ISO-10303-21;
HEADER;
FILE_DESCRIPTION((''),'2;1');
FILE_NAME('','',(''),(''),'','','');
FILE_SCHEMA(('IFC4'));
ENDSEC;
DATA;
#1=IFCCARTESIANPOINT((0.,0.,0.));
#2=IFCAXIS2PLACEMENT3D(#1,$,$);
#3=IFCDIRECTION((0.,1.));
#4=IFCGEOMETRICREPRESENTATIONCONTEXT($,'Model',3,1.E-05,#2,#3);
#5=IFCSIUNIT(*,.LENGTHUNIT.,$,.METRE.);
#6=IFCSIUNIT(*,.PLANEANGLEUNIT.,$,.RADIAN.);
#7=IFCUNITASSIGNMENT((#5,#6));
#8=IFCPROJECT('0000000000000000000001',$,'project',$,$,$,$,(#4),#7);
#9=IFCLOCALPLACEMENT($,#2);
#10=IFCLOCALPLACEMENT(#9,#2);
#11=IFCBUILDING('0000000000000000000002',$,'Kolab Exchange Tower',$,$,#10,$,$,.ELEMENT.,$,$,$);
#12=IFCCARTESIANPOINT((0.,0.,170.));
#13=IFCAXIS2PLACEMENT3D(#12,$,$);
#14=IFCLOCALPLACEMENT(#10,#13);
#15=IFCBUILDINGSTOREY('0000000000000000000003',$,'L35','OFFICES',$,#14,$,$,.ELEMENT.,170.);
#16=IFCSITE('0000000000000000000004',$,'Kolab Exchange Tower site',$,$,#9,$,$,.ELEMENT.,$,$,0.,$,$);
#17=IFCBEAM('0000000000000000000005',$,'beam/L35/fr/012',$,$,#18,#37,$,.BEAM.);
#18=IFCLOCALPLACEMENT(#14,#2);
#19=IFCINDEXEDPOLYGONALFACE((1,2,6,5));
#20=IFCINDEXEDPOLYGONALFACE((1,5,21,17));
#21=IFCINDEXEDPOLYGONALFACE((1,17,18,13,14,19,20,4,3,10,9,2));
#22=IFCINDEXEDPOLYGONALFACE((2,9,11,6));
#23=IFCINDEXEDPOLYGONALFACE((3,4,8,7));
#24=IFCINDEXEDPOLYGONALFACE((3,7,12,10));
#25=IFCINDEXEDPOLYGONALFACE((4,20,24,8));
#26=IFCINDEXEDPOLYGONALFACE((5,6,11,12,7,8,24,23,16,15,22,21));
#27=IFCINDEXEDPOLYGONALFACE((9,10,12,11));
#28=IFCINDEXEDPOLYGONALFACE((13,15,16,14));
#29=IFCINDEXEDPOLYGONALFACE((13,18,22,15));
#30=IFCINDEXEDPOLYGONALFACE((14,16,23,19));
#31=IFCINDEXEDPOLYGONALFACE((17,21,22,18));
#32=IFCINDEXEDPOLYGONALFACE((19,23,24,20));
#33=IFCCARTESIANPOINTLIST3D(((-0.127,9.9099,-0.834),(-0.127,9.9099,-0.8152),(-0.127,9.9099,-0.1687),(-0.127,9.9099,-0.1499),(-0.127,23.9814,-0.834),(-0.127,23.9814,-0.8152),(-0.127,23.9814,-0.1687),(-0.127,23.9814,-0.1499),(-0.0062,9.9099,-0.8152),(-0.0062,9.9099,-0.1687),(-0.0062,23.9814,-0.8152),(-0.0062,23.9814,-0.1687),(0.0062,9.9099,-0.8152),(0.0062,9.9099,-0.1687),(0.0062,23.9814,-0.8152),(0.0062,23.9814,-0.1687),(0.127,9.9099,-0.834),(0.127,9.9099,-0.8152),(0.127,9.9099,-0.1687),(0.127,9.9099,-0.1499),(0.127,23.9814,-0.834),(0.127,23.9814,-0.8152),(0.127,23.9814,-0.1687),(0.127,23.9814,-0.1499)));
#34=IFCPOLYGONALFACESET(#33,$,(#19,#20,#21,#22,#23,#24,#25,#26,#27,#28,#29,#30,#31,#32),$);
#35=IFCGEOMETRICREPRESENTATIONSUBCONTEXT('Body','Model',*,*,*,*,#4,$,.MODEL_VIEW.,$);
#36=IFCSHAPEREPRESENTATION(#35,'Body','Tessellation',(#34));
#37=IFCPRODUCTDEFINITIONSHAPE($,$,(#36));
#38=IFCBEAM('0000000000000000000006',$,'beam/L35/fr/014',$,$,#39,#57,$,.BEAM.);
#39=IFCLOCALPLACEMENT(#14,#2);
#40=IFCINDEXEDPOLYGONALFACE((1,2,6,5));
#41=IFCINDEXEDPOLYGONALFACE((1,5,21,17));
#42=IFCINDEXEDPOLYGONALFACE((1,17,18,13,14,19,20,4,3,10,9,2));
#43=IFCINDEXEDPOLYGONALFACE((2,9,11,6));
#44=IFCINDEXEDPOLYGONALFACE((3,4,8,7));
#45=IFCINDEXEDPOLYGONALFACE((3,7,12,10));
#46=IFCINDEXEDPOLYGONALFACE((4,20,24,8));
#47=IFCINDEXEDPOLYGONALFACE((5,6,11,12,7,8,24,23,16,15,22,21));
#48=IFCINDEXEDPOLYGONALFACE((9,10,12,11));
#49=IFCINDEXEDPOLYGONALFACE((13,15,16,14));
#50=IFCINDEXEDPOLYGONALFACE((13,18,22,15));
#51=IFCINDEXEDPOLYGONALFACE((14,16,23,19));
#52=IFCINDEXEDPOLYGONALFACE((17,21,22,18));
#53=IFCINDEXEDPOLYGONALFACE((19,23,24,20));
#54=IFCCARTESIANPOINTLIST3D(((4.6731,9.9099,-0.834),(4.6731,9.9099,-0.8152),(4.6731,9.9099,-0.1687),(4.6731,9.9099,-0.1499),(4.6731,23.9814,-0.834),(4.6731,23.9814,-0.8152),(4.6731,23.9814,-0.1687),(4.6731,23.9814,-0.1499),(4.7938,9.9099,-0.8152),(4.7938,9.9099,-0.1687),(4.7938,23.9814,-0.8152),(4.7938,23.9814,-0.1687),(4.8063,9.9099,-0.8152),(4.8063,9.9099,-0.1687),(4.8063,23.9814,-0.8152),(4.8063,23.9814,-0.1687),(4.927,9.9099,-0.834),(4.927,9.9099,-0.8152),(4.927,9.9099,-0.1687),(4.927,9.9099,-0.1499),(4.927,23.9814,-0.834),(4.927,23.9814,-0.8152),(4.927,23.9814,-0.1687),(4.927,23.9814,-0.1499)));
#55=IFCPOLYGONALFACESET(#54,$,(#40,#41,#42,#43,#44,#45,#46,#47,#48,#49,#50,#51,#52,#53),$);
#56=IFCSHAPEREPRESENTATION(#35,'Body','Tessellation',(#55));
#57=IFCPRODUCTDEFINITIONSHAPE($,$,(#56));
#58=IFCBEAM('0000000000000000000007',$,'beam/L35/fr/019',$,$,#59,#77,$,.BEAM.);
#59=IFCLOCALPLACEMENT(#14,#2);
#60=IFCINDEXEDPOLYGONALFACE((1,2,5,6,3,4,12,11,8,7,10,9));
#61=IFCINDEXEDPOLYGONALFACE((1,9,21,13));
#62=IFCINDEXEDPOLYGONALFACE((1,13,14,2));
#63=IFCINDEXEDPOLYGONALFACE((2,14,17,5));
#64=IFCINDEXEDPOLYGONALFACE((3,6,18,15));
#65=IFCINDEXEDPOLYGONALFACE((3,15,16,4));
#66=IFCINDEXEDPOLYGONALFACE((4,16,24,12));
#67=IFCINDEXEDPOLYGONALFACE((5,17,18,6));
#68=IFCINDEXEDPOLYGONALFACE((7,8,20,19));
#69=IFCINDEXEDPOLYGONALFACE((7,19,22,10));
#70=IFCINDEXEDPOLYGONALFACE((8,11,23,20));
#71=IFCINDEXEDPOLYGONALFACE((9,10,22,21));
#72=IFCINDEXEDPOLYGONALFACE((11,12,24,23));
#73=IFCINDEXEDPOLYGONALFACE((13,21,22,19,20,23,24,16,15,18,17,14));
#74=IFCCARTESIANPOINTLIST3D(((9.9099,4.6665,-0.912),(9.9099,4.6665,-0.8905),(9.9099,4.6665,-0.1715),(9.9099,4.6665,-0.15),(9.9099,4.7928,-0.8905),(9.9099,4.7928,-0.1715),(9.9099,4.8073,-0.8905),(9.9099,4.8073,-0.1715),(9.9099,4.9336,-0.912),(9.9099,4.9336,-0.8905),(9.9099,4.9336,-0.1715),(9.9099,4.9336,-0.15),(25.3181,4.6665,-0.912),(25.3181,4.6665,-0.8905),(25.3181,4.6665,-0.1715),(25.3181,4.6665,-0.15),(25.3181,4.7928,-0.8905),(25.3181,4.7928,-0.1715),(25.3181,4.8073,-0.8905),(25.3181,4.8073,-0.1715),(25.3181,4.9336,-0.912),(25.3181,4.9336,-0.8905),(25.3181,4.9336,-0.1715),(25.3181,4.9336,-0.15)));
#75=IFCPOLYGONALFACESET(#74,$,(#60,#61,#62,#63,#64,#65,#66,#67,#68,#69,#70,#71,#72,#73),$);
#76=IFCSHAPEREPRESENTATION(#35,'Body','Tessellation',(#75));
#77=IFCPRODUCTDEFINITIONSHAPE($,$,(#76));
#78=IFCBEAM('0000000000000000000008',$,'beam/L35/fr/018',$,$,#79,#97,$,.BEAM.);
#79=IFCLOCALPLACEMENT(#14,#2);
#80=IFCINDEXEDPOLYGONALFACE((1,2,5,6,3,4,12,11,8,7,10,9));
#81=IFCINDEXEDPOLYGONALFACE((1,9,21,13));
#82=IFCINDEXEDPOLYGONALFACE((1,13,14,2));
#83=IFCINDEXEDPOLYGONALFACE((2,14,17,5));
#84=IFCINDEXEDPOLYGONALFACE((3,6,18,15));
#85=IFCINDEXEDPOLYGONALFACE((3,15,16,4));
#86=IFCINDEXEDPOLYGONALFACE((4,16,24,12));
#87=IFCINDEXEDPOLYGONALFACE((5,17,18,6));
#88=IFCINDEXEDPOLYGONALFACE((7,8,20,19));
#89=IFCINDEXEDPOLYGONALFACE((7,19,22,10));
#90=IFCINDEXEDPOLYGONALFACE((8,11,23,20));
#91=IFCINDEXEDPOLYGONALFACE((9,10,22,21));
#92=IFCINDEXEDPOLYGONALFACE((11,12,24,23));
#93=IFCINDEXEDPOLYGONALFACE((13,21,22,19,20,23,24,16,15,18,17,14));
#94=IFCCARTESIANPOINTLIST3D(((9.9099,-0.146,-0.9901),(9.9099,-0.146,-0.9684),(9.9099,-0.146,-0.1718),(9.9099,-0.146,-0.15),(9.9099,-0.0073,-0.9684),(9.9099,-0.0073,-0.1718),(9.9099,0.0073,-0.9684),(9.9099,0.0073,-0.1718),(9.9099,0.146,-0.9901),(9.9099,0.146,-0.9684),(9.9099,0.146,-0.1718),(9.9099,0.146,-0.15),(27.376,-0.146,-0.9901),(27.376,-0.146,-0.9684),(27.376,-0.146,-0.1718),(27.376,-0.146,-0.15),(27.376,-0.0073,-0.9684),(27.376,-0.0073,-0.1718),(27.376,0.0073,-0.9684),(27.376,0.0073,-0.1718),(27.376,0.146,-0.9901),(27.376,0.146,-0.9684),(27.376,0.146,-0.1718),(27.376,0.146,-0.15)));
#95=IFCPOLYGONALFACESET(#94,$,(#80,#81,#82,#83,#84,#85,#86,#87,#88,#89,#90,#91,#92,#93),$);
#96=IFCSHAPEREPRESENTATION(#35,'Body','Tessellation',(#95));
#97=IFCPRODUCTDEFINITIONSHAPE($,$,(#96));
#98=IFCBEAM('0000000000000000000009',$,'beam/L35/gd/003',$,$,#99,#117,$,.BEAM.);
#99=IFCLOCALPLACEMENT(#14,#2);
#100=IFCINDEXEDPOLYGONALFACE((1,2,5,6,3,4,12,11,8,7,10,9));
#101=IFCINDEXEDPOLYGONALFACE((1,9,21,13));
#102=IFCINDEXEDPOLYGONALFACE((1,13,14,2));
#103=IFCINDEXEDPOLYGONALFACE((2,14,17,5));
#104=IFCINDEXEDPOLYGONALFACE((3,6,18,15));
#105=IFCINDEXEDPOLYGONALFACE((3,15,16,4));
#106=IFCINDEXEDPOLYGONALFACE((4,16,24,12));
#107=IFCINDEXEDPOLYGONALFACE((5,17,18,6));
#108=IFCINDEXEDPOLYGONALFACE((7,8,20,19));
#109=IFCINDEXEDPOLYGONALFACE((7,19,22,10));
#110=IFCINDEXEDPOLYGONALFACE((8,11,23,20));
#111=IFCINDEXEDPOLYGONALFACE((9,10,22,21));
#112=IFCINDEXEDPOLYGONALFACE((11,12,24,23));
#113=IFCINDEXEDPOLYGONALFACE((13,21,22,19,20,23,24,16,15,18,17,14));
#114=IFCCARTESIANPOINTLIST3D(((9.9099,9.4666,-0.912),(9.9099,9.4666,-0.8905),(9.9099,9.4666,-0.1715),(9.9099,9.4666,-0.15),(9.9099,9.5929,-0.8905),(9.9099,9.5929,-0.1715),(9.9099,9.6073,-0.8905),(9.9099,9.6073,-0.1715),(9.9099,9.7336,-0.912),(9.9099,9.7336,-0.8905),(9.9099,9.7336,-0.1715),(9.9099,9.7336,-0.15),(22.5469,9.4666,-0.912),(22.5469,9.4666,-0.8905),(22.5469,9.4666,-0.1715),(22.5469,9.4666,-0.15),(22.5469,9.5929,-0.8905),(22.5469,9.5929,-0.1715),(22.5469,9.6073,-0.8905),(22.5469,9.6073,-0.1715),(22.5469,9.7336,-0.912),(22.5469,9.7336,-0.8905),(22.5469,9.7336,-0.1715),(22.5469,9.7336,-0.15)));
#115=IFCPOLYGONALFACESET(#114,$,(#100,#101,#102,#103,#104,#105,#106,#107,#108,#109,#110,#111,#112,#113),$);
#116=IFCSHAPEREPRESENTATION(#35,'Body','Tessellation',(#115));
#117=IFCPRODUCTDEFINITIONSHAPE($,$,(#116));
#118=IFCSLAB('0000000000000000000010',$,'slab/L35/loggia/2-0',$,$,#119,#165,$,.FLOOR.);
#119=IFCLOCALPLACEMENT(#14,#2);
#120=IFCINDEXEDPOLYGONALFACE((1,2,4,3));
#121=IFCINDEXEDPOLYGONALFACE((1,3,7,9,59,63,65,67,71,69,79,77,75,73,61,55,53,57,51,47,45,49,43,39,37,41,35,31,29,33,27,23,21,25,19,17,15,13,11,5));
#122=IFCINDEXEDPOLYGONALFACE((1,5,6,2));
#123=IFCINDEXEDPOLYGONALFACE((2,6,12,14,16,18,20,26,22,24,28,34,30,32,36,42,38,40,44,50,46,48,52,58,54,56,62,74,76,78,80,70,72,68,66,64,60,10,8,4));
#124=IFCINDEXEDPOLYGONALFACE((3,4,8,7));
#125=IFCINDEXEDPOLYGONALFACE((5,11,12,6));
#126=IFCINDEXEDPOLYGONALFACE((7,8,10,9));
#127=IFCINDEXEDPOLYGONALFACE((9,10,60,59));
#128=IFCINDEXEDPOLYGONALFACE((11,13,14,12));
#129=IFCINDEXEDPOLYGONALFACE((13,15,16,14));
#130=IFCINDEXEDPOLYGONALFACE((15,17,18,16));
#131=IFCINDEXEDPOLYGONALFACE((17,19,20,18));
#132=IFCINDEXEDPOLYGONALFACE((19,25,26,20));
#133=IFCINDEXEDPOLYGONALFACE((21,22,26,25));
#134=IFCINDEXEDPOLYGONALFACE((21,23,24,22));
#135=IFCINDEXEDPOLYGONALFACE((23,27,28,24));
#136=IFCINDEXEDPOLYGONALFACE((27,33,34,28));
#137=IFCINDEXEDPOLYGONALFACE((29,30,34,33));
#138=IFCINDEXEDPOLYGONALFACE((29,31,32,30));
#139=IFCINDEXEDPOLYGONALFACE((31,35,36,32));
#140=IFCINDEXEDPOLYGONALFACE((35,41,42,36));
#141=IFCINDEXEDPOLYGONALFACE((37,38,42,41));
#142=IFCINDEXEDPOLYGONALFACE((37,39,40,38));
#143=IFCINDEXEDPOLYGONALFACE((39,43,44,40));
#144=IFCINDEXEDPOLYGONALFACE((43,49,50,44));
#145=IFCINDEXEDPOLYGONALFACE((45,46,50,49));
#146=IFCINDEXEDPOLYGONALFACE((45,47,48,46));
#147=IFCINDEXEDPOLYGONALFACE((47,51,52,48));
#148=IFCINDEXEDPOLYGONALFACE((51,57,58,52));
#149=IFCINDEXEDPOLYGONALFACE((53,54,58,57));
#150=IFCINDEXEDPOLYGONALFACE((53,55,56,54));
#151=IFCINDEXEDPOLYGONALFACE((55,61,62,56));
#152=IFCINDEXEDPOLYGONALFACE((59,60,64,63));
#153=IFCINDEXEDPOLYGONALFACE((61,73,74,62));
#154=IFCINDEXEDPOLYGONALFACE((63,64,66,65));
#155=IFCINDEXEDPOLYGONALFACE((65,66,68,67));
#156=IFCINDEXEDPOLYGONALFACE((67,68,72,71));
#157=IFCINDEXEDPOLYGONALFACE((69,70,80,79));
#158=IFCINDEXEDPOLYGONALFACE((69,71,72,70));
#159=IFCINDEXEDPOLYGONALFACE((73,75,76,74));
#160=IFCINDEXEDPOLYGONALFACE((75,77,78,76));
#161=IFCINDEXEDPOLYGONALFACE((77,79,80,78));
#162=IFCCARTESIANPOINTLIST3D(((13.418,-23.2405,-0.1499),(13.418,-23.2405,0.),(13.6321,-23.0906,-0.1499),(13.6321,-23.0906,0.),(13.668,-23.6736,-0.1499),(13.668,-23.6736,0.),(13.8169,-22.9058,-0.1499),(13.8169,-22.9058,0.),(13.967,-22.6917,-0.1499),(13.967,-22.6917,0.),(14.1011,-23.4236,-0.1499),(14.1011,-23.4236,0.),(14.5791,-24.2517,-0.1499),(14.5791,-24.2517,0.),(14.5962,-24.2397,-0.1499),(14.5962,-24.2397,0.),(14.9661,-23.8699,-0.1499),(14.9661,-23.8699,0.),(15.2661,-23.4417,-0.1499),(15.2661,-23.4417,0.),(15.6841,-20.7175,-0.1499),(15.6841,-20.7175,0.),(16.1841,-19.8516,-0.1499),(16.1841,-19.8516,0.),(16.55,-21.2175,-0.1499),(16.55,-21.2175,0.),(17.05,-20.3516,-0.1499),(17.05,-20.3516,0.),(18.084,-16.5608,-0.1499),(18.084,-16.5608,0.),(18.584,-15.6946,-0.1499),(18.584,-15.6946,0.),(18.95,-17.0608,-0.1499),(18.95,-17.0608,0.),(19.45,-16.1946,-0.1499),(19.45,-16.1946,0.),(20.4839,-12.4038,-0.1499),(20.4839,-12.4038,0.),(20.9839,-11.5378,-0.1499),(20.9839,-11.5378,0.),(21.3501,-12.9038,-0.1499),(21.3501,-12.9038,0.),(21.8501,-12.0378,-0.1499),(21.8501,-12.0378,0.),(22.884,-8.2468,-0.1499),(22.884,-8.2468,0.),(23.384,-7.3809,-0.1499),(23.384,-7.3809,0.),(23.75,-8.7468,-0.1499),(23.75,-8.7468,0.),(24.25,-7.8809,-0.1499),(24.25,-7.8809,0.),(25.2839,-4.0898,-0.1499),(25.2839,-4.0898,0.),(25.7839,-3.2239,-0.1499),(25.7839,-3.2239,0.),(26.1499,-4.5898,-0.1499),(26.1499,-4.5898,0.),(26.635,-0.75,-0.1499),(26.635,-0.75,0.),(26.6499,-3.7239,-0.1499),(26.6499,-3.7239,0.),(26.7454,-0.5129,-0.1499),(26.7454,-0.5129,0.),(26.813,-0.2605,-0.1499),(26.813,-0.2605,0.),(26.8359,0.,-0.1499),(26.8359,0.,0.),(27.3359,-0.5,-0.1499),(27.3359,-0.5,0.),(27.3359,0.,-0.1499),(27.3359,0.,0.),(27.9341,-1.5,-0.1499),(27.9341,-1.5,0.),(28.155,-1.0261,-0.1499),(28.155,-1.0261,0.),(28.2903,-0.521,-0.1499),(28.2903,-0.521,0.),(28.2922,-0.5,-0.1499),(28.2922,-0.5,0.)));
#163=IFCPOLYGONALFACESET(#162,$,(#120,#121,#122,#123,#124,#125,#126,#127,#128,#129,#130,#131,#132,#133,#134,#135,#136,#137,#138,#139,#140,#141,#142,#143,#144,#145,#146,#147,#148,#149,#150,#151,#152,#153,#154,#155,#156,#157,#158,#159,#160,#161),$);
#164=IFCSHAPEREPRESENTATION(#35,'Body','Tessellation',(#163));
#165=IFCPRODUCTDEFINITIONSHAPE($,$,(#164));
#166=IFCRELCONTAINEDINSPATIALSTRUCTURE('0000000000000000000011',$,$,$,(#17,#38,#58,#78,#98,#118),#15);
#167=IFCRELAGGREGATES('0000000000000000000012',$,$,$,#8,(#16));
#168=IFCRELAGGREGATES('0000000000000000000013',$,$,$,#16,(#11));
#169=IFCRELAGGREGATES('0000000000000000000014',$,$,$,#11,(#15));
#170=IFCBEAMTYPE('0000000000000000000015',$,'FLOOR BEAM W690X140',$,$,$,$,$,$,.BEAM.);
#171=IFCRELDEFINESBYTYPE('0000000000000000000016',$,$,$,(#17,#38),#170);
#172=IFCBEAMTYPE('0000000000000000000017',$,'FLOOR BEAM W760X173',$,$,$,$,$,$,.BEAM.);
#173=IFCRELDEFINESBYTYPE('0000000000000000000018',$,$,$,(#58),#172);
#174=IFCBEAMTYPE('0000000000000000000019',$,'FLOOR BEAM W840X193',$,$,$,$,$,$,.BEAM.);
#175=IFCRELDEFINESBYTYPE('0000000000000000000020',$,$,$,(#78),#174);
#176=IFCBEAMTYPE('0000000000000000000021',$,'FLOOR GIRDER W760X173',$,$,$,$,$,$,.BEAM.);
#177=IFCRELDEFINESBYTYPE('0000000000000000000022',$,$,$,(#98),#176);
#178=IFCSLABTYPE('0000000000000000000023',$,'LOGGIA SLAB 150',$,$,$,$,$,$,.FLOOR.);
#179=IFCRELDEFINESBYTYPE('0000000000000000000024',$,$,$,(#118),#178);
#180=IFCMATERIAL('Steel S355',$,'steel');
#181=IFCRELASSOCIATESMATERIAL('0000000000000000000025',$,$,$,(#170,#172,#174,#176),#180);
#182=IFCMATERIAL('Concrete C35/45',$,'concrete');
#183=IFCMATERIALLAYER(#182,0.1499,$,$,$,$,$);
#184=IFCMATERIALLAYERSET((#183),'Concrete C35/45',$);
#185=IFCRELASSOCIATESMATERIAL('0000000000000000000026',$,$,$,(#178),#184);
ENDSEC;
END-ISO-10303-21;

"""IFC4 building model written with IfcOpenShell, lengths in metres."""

from ifc_helpers import new_model, si_unit, direction, frame, origin, origin_2d, place, context, subcontext, project, spatial, polyline, i_section, outline, extrude, material, layer, layer_set, material_profile, profile_set, type_object, element, save


model = new_model("IFC4")

# Units and contexts
model_context = context("Model", 3, precision=1e-05, world=origin(), true_north=direction((0.0, 1.0)))
body_context = subcontext(model_context, "Body", "Model", "MODEL_VIEW")
ifc_project = project(units=[si_unit("LENGTHUNIT", "METRE"), si_unit("PLANEANGLEUNIT", "RADIAN")], contexts=[model_context])

# Site, building, storey
site_placement = place(None, origin())
site = spatial("IfcSite", under=ifc_project, at=site_placement, Name="Kolab Exchange Tower site", CompositionType="ELEMENT", RefElevation=0.0)
building_placement = place(site_placement, origin())
building = spatial("IfcBuilding", under=site, at=building_placement, Name="Kolab Exchange Tower", CompositionType="ELEMENT")
storey_placement = place(building_placement, frame((0.0, 0.0, 170.0)))
storey = spatial("IfcBuildingStorey", under=building, at=storey_placement, Name="L35", Description="OFFICES", CompositionType="ELEMENT", Elevation=170.0)

# Beams
ifc_material_1 = material(Name="Steel S355", Category="steel")
ifc_material_profile_1 = material_profile(ifc_material_1, i_section(OverallWidth=0.2539, OverallDepth=0.6841, WebThickness=0.0125, FlangeThickness=0.0188, at=origin_2d()), Name="W690X140")
ifc_profile_set_1 = profile_set([ifc_material_profile_1], Name="Steel S355")
beam_type_1 = type_object("IfcBeamType", Name="FLOOR BEAM W690X140", PredefinedType="BEAM", material=ifc_profile_set_1)
for number, where, z_axis, x_axis, name in (
    (1, (0.0, 9.9099, -0.4919), (0.0, 1.0, 0.0), (-1.0, 0.0, 0.0), "beam/L35/fr/012"),
    (2, (4.8, 9.9099, -0.4919), (0.0, 1.0, 0.0), (-1.0, 0.0, 0.0), "beam/L35/fr/014"),
):
    element("IfcBeam", number, at=place(storey_placement, frame(where, z_axis=z_axis, x_axis=x_axis)), inside=storey, type_object=beam_type_1, Name=name, PredefinedType="BEAM", context=body_context, shape_type="SweptSolid", body=[
        extrude(i_section(OverallWidth=0.2539, OverallDepth=0.6841, WebThickness=0.0125, FlangeThickness=0.0188, at=origin_2d()), origin(), (0.0, 0.0, 1.0), 14.0715),
    ])
ifc_material_profile_2 = material_profile(ifc_material_1, i_section(OverallWidth=0.2671, OverallDepth=0.762, WebThickness=0.0144, FlangeThickness=0.0215, at=origin_2d()), Name="W760X173")
ifc_profile_set_2 = profile_set([ifc_material_profile_2], Name="Steel S355")
beam_type_2 = type_object("IfcBeamType", Name="FLOOR BEAM W760X173", PredefinedType="BEAM", material=ifc_profile_set_2)
beam_1_placement = place(storey_placement, frame((9.9099, 4.8, -0.531), z_axis=(1.0, 0.0, 0.0), x_axis=(0.0, 1.0, 0.0)))
element("IfcBeam", 3, at=beam_1_placement, inside=storey, type_object=beam_type_2, Name="beam/L35/fr/019", PredefinedType="BEAM", context=body_context, shape_type="SweptSolid", body=[
    extrude(i_section(OverallWidth=0.2671, OverallDepth=0.762, WebThickness=0.0144, FlangeThickness=0.0215, at=origin_2d()), origin(), (0.0, 0.0, 1.0), 15.4082),
])
ifc_material_profile_3 = material_profile(ifc_material_1, i_section(OverallWidth=0.292, OverallDepth=0.8401, WebThickness=0.0146, FlangeThickness=0.0217, at=origin_2d()), Name="W840X193")
ifc_profile_set_3 = profile_set([ifc_material_profile_3], Name="Steel S355")
beam_type_3 = type_object("IfcBeamType", Name="FLOOR BEAM W840X193", PredefinedType="BEAM", material=ifc_profile_set_3)
beam_2_placement = place(storey_placement, frame((9.9099, 0.0, -0.5701), z_axis=(1.0, 0.0, 0.0), x_axis=(0.0, 1.0, 0.0)))
element("IfcBeam", 4, at=beam_2_placement, inside=storey, type_object=beam_type_3, Name="beam/L35/fr/018", PredefinedType="BEAM", context=body_context, shape_type="SweptSolid", body=[
    extrude(i_section(OverallWidth=0.292, OverallDepth=0.8401, WebThickness=0.0146, FlangeThickness=0.0217, at=origin_2d()), origin(), (0.0, 0.0, 1.0), 17.4661),
])
ifc_material_profile_4 = material_profile(ifc_material_1, i_section(OverallWidth=0.2671, OverallDepth=0.762, WebThickness=0.0144, FlangeThickness=0.0215, at=origin_2d()), Name="W760X173")
ifc_profile_set_4 = profile_set([ifc_material_profile_4], Name="Steel S355")
beam_type_4 = type_object("IfcBeamType", Name="FLOOR GIRDER W760X173", PredefinedType="BEAM", material=ifc_profile_set_4)
beam_3_placement = place(storey_placement, frame((9.9099, 9.6001, -0.531), z_axis=(1.0, 0.0, 0.0), x_axis=(0.0, 1.0, 0.0)))
element("IfcBeam", 5, at=beam_3_placement, inside=storey, type_object=beam_type_4, Name="beam/L35/gd/003", PredefinedType="BEAM", context=body_context, shape_type="SweptSolid", body=[
    extrude(i_section(OverallWidth=0.2671, OverallDepth=0.762, WebThickness=0.0144, FlangeThickness=0.0215, at=origin_2d()), origin(), (0.0, 0.0, 1.0), 12.637),
])

# Slab
ifc_material_2 = material(Name="Concrete C35/45", Category="concrete")
ifc_layer_1 = layer(ifc_material_2, 0.1499)
ifc_layer_set_1 = layer_set([ifc_layer_1], Name="Concrete C35/45")
slab_type_1 = type_object("IfcSlabType", Name="LOGGIA SLAB 150", PredefinedType="FLOOR", material=ifc_layer_set_1)
slab_1_placement = place(storey_placement, frame((0.0, 0.0, -0.1499)))
element("IfcSlab", 6, at=slab_1_placement, inside=storey, type_object=slab_type_1, Name="slab/L35/loggia/2-0", PredefinedType="FLOOR", context=body_context, shape_type="SweptSolid", body=[
    extrude(outline(polyline([(15.2661, -23.4417), (16.55, -21.2175), (15.6841, -20.7175), (16.1841, -19.8516), (17.05, -20.3516), (18.95, -17.0608), (18.084, -16.5608), (18.584, -15.6946), (19.45, -16.1946), (21.3501, -12.9038), (20.4839, -12.4038), (20.9839, -11.5378), (21.8501, -12.0378), (23.75, -8.7468), (22.884, -8.2468), (23.384, -7.3809), (24.25, -7.8809), (26.1499, -4.5898), (25.2839, -4.0898), (25.7839, -3.2239), (26.6499, -3.7239), (27.9341, -1.5), (28.155, -1.0261), (28.2903, -0.521), (28.2922, -0.5), (27.3359, -0.5), (27.3359, 0.0), (26.8359, 0.0), (26.813, -0.2605), (26.7454, -0.5129), (26.635, -0.75), (13.967, -22.6917), (13.8169, -22.9058), (13.6321, -23.0906), (13.418, -23.2405), (13.668, -23.6736), (14.1011, -23.4236), (14.5791, -24.2517), (14.5962, -24.2397), (14.9661, -23.8699), (15.2661, -23.4417)])), origin(), (0.0, 0.0, 1.0), 0.1499),
])

save(model, "model.ifc")
